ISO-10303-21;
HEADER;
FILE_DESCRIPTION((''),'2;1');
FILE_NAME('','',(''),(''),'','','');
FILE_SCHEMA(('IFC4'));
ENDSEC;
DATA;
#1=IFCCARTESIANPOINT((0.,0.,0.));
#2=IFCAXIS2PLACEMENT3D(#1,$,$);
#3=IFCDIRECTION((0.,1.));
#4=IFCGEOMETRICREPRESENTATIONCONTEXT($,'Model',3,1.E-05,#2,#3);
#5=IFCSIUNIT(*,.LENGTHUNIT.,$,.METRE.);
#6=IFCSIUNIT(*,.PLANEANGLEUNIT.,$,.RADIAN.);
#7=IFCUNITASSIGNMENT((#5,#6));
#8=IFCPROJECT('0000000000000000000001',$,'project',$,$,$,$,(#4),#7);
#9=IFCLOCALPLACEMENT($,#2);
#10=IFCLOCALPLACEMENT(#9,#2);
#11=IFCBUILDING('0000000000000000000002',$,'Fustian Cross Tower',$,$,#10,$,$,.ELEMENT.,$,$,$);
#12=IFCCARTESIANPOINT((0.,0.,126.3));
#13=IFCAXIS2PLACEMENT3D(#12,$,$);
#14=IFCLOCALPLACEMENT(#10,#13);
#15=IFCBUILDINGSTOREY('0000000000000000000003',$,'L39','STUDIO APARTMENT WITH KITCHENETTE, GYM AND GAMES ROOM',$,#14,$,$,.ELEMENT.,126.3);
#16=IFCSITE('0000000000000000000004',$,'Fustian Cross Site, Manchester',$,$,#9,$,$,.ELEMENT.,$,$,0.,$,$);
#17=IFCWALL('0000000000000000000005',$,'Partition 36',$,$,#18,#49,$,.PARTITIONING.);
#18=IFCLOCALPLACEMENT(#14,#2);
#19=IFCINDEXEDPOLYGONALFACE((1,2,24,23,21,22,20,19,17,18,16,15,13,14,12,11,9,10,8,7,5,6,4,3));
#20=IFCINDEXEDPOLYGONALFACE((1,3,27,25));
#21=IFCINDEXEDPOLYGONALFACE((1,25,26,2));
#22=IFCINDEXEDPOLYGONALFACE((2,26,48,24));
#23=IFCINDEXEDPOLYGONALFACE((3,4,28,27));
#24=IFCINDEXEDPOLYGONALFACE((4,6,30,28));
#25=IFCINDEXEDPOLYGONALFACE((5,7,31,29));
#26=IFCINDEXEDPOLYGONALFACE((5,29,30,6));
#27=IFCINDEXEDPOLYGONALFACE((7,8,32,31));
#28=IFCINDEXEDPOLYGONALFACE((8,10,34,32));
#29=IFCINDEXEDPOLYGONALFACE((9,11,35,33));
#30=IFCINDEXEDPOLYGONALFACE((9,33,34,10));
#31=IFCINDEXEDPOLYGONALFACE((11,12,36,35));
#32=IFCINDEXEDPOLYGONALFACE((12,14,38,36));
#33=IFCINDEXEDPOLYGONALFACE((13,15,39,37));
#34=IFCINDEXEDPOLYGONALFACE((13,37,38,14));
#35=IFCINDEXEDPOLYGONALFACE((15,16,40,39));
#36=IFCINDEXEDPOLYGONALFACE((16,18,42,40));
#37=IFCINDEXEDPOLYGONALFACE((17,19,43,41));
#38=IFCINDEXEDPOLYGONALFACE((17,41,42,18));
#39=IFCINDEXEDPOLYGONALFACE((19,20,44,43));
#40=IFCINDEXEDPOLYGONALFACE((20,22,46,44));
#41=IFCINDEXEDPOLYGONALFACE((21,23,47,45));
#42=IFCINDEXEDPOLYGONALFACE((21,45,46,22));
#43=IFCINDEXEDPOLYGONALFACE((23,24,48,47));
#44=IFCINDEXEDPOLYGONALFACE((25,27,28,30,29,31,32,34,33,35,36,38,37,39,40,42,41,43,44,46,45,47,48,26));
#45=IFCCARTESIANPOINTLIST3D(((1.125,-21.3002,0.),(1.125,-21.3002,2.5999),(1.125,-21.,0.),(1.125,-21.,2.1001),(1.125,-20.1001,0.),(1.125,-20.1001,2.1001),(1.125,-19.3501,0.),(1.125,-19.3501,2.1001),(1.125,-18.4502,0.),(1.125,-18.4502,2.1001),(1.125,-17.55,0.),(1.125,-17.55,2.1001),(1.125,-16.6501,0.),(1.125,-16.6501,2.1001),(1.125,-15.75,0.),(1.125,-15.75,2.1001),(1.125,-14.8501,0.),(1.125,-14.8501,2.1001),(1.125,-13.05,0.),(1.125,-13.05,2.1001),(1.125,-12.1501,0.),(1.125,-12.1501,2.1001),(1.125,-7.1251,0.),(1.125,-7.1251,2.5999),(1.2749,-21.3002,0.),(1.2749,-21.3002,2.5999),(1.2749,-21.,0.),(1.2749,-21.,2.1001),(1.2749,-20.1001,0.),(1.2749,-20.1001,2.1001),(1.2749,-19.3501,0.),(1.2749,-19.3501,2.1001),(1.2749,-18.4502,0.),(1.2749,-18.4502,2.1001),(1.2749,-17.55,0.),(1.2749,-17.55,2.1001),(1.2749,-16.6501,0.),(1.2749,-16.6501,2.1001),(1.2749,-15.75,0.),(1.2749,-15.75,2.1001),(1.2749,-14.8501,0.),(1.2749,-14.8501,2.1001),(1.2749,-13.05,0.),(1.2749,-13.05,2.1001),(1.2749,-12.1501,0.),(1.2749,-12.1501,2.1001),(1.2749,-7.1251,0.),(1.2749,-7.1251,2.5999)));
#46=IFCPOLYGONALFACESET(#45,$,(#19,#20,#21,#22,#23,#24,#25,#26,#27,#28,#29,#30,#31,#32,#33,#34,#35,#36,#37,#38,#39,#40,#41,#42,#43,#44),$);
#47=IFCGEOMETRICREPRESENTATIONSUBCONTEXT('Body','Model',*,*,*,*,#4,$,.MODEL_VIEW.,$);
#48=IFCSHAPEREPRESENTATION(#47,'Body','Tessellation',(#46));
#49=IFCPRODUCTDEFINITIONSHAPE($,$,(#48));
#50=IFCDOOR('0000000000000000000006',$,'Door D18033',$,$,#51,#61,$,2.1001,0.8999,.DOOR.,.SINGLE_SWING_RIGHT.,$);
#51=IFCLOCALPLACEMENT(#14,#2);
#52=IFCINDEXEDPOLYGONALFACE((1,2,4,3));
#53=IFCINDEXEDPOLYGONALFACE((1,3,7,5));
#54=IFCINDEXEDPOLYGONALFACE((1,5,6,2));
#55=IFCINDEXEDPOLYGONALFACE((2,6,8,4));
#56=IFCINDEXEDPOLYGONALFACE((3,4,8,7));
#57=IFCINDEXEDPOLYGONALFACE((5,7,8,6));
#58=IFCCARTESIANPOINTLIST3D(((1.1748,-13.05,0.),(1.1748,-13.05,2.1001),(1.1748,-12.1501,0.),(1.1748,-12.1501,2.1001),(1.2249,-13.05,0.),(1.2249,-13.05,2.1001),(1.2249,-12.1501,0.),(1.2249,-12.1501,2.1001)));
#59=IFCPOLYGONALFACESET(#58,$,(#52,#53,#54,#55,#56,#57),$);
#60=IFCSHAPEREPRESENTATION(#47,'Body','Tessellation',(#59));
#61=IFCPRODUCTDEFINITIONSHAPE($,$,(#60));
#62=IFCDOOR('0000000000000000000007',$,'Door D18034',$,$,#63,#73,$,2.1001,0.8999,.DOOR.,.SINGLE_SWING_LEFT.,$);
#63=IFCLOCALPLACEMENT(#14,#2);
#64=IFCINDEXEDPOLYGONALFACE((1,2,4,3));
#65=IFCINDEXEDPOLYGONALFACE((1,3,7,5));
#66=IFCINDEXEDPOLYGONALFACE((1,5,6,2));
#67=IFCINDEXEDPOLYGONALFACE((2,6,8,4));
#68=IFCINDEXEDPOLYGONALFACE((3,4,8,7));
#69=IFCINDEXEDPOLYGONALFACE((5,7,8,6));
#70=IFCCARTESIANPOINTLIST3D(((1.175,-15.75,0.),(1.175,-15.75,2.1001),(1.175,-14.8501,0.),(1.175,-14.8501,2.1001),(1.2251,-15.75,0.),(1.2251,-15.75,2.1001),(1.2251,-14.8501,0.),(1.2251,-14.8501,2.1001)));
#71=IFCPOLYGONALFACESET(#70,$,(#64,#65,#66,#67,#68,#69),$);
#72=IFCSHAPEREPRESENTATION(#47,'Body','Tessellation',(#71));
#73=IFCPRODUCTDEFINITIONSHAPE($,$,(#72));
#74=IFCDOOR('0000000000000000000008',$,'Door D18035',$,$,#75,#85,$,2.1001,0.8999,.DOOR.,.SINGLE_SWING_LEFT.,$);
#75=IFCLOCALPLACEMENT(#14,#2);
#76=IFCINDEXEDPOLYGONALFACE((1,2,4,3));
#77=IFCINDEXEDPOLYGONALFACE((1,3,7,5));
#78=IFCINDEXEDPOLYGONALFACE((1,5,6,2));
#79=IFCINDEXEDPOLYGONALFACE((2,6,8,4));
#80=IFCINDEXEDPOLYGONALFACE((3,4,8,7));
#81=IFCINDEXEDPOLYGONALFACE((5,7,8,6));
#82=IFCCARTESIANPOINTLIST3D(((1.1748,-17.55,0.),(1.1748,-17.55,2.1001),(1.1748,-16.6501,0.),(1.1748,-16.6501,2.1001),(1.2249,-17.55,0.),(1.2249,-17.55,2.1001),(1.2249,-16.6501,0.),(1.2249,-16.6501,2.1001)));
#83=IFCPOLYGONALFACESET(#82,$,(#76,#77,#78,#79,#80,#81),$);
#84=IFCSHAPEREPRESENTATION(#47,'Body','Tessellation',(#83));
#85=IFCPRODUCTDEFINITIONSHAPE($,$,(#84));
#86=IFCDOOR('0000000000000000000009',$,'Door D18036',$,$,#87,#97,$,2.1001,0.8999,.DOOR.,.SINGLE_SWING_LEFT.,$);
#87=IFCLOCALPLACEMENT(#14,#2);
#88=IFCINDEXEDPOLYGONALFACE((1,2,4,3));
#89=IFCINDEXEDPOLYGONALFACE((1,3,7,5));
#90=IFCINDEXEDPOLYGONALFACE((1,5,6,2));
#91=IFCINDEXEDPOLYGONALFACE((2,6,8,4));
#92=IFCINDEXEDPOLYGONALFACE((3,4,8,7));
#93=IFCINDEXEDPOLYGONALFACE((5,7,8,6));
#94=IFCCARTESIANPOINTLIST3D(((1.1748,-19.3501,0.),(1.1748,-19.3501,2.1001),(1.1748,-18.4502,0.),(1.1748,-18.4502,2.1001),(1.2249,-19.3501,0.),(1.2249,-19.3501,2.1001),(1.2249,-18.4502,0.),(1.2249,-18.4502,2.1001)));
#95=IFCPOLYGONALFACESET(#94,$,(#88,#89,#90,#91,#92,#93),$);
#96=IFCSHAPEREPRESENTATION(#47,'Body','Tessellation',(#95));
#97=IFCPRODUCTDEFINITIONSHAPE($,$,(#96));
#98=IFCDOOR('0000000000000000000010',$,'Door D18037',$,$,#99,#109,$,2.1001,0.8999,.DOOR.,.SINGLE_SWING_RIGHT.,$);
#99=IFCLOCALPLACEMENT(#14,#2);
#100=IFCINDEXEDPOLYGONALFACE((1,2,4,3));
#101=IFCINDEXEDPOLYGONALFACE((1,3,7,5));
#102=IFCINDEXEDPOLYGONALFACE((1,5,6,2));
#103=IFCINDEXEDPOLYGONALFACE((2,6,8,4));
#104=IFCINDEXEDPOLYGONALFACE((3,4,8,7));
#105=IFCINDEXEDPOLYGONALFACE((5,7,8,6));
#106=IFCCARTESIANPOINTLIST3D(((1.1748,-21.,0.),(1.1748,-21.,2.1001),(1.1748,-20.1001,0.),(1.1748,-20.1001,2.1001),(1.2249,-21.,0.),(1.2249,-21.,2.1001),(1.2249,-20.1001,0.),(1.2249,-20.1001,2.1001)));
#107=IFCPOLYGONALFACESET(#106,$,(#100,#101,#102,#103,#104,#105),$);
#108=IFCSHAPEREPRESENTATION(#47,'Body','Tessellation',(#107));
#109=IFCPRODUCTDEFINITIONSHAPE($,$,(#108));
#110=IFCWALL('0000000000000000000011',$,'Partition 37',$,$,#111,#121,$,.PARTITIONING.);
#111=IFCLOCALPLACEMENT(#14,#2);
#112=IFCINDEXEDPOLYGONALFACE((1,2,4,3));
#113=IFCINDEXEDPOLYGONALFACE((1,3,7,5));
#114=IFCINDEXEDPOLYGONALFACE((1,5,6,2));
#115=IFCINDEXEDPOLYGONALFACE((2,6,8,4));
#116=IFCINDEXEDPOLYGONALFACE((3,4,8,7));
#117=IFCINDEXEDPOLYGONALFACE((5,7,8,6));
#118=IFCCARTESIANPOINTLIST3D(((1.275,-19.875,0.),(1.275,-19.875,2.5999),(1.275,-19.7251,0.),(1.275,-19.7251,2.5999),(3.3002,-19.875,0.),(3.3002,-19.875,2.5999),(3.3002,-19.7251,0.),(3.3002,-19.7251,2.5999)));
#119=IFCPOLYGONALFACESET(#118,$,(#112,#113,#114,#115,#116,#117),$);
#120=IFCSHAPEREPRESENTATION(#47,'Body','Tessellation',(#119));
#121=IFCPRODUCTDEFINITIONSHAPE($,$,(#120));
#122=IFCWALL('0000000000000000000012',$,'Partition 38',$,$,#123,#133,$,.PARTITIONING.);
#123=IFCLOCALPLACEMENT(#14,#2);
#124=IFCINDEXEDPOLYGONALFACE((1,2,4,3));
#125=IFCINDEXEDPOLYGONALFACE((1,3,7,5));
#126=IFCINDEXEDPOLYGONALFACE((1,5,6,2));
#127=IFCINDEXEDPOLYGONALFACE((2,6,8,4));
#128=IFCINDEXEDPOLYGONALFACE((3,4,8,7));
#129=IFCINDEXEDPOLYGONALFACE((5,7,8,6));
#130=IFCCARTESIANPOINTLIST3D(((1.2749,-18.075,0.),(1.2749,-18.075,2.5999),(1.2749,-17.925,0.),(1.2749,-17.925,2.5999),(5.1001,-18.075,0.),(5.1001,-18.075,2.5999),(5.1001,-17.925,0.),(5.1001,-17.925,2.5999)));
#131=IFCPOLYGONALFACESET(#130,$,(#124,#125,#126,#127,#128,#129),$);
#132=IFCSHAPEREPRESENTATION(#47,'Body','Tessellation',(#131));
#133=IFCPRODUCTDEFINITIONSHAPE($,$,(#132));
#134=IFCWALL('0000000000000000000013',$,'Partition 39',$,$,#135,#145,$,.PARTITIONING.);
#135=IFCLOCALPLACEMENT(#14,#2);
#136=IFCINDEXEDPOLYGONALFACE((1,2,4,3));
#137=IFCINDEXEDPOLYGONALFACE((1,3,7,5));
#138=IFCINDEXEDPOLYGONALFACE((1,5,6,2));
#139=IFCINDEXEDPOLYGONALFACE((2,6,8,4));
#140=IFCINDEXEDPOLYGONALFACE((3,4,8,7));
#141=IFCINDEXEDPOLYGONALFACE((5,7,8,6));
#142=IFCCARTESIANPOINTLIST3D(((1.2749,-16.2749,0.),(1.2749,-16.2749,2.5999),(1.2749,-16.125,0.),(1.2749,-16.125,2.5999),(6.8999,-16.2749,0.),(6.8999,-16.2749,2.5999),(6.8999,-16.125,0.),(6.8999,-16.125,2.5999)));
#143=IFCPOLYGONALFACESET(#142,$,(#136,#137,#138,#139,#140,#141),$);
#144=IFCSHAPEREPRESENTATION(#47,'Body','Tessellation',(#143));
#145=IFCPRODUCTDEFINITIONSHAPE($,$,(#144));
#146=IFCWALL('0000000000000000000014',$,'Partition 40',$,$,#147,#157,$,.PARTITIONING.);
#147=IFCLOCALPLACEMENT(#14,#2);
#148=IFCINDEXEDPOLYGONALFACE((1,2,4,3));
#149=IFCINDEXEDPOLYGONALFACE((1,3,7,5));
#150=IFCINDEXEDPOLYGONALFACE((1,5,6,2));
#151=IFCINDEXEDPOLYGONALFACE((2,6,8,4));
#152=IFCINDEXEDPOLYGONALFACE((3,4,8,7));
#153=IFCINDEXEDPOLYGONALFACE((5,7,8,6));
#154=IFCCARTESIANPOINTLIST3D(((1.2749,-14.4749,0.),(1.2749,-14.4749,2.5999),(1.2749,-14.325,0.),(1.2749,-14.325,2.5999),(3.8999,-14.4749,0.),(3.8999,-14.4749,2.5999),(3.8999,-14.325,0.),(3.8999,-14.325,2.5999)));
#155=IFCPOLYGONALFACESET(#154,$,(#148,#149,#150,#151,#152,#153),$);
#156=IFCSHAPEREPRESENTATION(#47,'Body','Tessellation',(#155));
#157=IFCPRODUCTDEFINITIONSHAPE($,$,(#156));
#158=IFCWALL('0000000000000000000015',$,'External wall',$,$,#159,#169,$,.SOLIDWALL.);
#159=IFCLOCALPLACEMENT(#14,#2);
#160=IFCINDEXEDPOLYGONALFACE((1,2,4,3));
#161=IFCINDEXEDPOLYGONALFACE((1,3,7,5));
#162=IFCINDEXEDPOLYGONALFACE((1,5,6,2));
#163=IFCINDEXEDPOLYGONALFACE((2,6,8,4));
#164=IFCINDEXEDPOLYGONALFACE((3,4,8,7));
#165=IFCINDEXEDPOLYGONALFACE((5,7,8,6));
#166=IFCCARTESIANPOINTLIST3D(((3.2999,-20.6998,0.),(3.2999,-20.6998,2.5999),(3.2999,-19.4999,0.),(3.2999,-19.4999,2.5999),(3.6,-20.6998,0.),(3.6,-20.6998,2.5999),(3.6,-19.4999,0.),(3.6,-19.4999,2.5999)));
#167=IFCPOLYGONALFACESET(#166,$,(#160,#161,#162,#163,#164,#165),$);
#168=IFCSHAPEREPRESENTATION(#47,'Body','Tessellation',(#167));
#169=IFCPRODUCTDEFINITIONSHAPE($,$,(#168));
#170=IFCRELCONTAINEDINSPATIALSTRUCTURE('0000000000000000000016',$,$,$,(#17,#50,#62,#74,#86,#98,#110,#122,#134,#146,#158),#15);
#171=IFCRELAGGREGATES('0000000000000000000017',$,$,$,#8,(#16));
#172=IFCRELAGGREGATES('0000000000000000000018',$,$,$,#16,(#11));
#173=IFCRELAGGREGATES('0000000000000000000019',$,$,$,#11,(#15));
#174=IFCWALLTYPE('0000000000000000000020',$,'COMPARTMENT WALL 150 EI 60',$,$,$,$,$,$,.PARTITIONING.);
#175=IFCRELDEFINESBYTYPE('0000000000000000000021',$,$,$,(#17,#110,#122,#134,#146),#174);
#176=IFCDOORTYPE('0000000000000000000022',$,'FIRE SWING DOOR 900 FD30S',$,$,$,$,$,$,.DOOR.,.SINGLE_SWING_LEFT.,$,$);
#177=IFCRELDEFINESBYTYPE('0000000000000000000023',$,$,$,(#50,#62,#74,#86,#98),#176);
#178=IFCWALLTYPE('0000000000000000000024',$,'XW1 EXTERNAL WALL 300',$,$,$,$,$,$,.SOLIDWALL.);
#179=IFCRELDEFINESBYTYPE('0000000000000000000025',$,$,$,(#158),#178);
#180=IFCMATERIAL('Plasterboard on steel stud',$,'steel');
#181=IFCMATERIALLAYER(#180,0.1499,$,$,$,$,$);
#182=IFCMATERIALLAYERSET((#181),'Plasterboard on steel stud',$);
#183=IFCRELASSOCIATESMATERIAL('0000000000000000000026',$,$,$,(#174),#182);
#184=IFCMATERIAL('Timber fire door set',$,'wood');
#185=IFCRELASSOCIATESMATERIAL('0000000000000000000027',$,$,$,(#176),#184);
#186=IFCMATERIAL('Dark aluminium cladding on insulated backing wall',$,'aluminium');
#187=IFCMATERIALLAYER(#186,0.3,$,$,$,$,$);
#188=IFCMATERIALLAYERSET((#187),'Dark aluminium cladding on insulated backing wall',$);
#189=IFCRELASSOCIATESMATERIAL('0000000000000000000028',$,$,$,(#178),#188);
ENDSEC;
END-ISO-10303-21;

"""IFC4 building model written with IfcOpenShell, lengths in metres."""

from ifc_helpers import new_model, si_unit, direction, frame, frame_2d, origin, place, context, subcontext, project, spatial, rectangle, extrude, material, layer, layer_set, type_object, element, fill, save


model = new_model("IFC4")

# Units and contexts
model_context = context("Model", 3, precision=1e-05, world=origin(), true_north=direction((0.0, 1.0)))
body_context = subcontext(model_context, "Body", "Model", "MODEL_VIEW")
ifc_project = project(units=[si_unit("LENGTHUNIT", "METRE"), si_unit("PLANEANGLEUNIT", "RADIAN")], contexts=[model_context])

# Site, building, storey
site_placement = place(None, origin())
site = spatial("IfcSite", under=ifc_project, at=site_placement, Name="Fustian Cross Site, Manchester", CompositionType="ELEMENT", RefElevation=0.0)
building_placement = place(site_placement, origin())
building = spatial("IfcBuilding", under=site, at=building_placement, Name="Fustian Cross Tower", CompositionType="ELEMENT")
storey_placement = place(building_placement, frame((0.0, 0.0, 126.3)))
storey = spatial("IfcBuildingStorey", under=building, at=storey_placement, Name="L39", Description="STUDIO APARTMENT WITH KITCHENETTE, GYM AND GAMES ROOM", CompositionType="ELEMENT", Elevation=126.3)

# Wall, openings, doors
ifc_material_1 = material(Name="Plasterboard on steel stud", Category="steel")
ifc_layer_1 = layer(ifc_material_1, 0.1499)
ifc_layer_set_1 = layer_set([ifc_layer_1], Name="Plasterboard on steel stud")
wall_type_1 = type_object("IfcWallType", Name="COMPARTMENT WALL 150 EI 60", PredefinedType="PARTITIONING", material=ifc_layer_set_1)
wall_1_placement = place(storey_placement, frame((1.2, -21.3, 0.0), z_axis=(0.0, 0.0, 1.0), x_axis=(0.0, 1.0, 0.0)))
wall_1 = element("IfcWall", 1, at=wall_1_placement, inside=storey, type_object=wall_type_1, Name="Partition 36", PredefinedType="PARTITIONING", context=body_context, shape_type="SweptSolid", body=[
    extrude(rectangle(XDim=14.175, YDim=0.1499, at=frame_2d((7.0874, 0.0))), origin(), (0.0, 0.0, 1.0), 2.5999),
])
opening_1_placement = place(wall_1_placement, frame((8.25, 0.0, 0.0)))
opening_1 = element("IfcOpeningElement", 2, at=opening_1_placement, cuts=wall_1, PredefinedType="OPENING", context=body_context, shape_type="SweptSolid", body=[
    extrude(rectangle(XDim=0.8999, YDim=2.1001, at=frame_2d((0.45, 1.05))), frame((0.0, 0.085, 0.0), z_axis=(0.0, -1.0, 0.0), x_axis=(1.0, 0.0, 0.0)), (0.0, 0.0, 1.0), 0.1699),
])
opening_2_placement = place(wall_1_placement, frame((5.55, 0.0, 0.0)))
opening_2 = element("IfcOpeningElement", 3, at=opening_2_placement, cuts=wall_1, PredefinedType="OPENING", context=body_context, shape_type="SweptSolid", body=[
    extrude(rectangle(XDim=0.8999, YDim=2.1001, at=frame_2d((0.45, 1.05))), frame((0.0, 0.085, 0.0), z_axis=(0.0, -1.0, 0.0), x_axis=(1.0, 0.0, 0.0)), (0.0, 0.0, 1.0), 0.1699),
])
opening_3_placement = place(wall_1_placement, frame((3.75, 0.0, 0.0)))
opening_3 = element("IfcOpeningElement", 4, at=opening_3_placement, cuts=wall_1, PredefinedType="OPENING", context=body_context, shape_type="SweptSolid", body=[
    extrude(rectangle(XDim=0.8999, YDim=2.1001, at=frame_2d((0.45, 1.05))), frame((0.0, 0.085, 0.0), z_axis=(0.0, -1.0, 0.0), x_axis=(1.0, 0.0, 0.0)), (0.0, 0.0, 1.0), 0.1699),
])
opening_4_placement = place(wall_1_placement, frame((1.95, 0.0, 0.0)))
opening_4 = element("IfcOpeningElement", 5, at=opening_4_placement, cuts=wall_1, PredefinedType="OPENING", context=body_context, shape_type="SweptSolid", body=[
    extrude(rectangle(XDim=0.8999, YDim=2.1001, at=frame_2d((0.45, 1.05))), frame((0.0, 0.085, 0.0), z_axis=(0.0, -1.0, 0.0), x_axis=(1.0, 0.0, 0.0)), (0.0, 0.0, 1.0), 0.1699),
])
opening_5_placement = place(wall_1_placement, frame((0.3, 0.0, 0.0)))
opening_5 = element("IfcOpeningElement", 6, at=opening_5_placement, cuts=wall_1, PredefinedType="OPENING", context=body_context, shape_type="SweptSolid", body=[
    extrude(rectangle(XDim=0.8999, YDim=2.1001, at=frame_2d((0.45, 1.05))), frame((0.0, 0.085, 0.0), z_axis=(0.0, -1.0, 0.0), x_axis=(1.0, 0.0, 0.0)), (0.0, 0.0, 1.0), 0.1699),
])
ifc_material_2 = material(Name="Timber fire door set", Category="wood")
door_type = type_object("IfcDoorType", Name="FIRE SWING DOOR 900 FD30S", OperationType="SINGLE_SWING_LEFT", PredefinedType="DOOR", material=ifc_material_2)
door_1_placement = place(opening_1_placement, frame((0.8999, 0.0, 0.0), z_axis=(0.0, 0.0, 1.0), x_axis=(-1.0, 0.0, 0.0)))
door_1 = element("IfcDoor", 7, at=door_1_placement, inside=storey, type_object=door_type, Name="Door D18033", OperationType="SINGLE_SWING_RIGHT", OverallHeight=2.1001, OverallWidth=0.8999, PredefinedType="DOOR", context=body_context, shape_type="SweptSolid", body=[
    extrude(rectangle(XDim=0.8999, YDim=2.1001, at=frame_2d((0.45, 1.05))), frame((0.0, 0.0249, 0.0), z_axis=(0.0, -1.0, 0.0), x_axis=(1.0, 0.0, 0.0)), (0.0, 0.0, 1.0), 0.05),
])
fill(opening_1, door_1)
door_2_placement = place(opening_2_placement, origin())
door_2 = element("IfcDoor", 8, at=door_2_placement, inside=storey, type_object=door_type, Name="Door D18034", OperationType="SINGLE_SWING_LEFT", OverallHeight=2.1001, OverallWidth=0.8999, PredefinedType="DOOR", context=body_context, shape_type="SweptSolid", body=[
    extrude(rectangle(XDim=0.8999, YDim=2.1001, at=frame_2d((0.45, 1.05))), frame((0.0, 0.0249, 0.0), z_axis=(0.0, -1.0, 0.0), x_axis=(1.0, 0.0, 0.0)), (0.0, 0.0, 1.0), 0.05),
])
fill(opening_2, door_2)
door_3_placement = place(opening_3_placement, frame((0.8999, 0.0, 0.0), z_axis=(0.0, 0.0, 1.0), x_axis=(-1.0, 0.0, 0.0)))
door_3 = element("IfcDoor", 9, at=door_3_placement, inside=storey, type_object=door_type, Name="Door D18035", OperationType="SINGLE_SWING_LEFT", OverallHeight=2.1001, OverallWidth=0.8999, PredefinedType="DOOR", context=body_context, shape_type="SweptSolid", body=[
    extrude(rectangle(XDim=0.8999, YDim=2.1001, at=frame_2d((0.45, 1.05))), frame((0.0, 0.0249, 0.0), z_axis=(0.0, -1.0, 0.0), x_axis=(1.0, 0.0, 0.0)), (0.0, 0.0, 1.0), 0.05),
])
fill(opening_3, door_3)
door_4_placement = place(opening_4_placement, frame((0.8999, 0.0, 0.0), z_axis=(0.0, 0.0, 1.0), x_axis=(-1.0, 0.0, 0.0)))
door_4 = element("IfcDoor", 10, at=door_4_placement, inside=storey, type_object=door_type, Name="Door D18036", OperationType="SINGLE_SWING_LEFT", OverallHeight=2.1001, OverallWidth=0.8999, PredefinedType="DOOR", context=body_context, shape_type="SweptSolid", body=[
    extrude(rectangle(XDim=0.8999, YDim=2.1001, at=frame_2d((0.45, 1.05))), frame((0.0, 0.0249, 0.0), z_axis=(0.0, -1.0, 0.0), x_axis=(1.0, 0.0, 0.0)), (0.0, 0.0, 1.0), 0.05),
])
fill(opening_4, door_4)
door_5_placement = place(opening_5_placement, frame((0.8999, 0.0, 0.0), z_axis=(0.0, 0.0, 1.0), x_axis=(-1.0, 0.0, 0.0)))
door_5 = element("IfcDoor", 11, at=door_5_placement, inside=storey, type_object=door_type, Name="Door D18037", OperationType="SINGLE_SWING_RIGHT", OverallHeight=2.1001, OverallWidth=0.8999, PredefinedType="DOOR", context=body_context, shape_type="SweptSolid", body=[
    extrude(rectangle(XDim=0.8999, YDim=2.1001, at=frame_2d((0.45, 1.05))), frame((0.0, 0.0249, 0.0), z_axis=(0.0, -1.0, 0.0), x_axis=(1.0, 0.0, 0.0)), (0.0, 0.0, 1.0), 0.05),
])
fill(opening_5, door_5)

# Walls
wall_2_placement = place(storey_placement, frame((1.2749, -19.8, 0.0), z_axis=(0.0, 0.0, 1.0), x_axis=(1.0, 0.0, 0.0)))
element("IfcWall", 12, at=wall_2_placement, inside=storey, type_object=wall_type_1, Name="Partition 37", PredefinedType="PARTITIONING", context=body_context, shape_type="SweptSolid", body=[
    extrude(rectangle(XDim=2.0251, YDim=0.1499, at=frame_2d((1.0127, 0.0))), origin(), (0.0, 0.0, 1.0), 2.5999),
])
wall_3_placement = place(storey_placement, frame((1.2749, -18.0, 0.0), z_axis=(0.0, 0.0, 1.0), x_axis=(1.0, 0.0, 0.0)))
element("IfcWall", 13, at=wall_3_placement, inside=storey, type_object=wall_type_1, Name="Partition 38", PredefinedType="PARTITIONING", context=body_context, shape_type="SweptSolid", body=[
    extrude(rectangle(XDim=3.8252, YDim=0.1499, at=frame_2d((1.9126, 0.0))), origin(), (0.0, 0.0, 1.0), 2.5999),
])
wall_4_placement = place(storey_placement, frame((1.2749, -16.2, 0.0), z_axis=(0.0, 0.0, 1.0), x_axis=(1.0, 0.0, 0.0)))
element("IfcWall", 14, at=wall_4_placement, inside=storey, type_object=wall_type_1, Name="Partition 39", PredefinedType="PARTITIONING", context=body_context, shape_type="SweptSolid", body=[
    extrude(rectangle(XDim=5.625, YDim=0.1499, at=frame_2d((2.8125, 0.0))), origin(), (0.0, 0.0, 1.0), 2.5999),
])
wall_5_placement = place(storey_placement, frame((1.2749, -14.3999, 0.0), z_axis=(0.0, 0.0, 1.0), x_axis=(1.0, 0.0, 0.0)))
element("IfcWall", 15, at=wall_5_placement, inside=storey, type_object=wall_type_1, Name="Partition 40", PredefinedType="PARTITIONING", context=body_context, shape_type="SweptSolid", body=[
    extrude(rectangle(XDim=2.625, YDim=0.1499, at=frame_2d((1.3125, 0.0))), origin(), (0.0, 0.0, 1.0), 2.5999),
])
ifc_material_3 = material(Name="Dark aluminium cladding on insulated backing wall", Category="aluminium")
ifc_layer_2 = layer(ifc_material_3, 0.3)
ifc_layer_set_2 = layer_set([ifc_layer_2], Name="Dark aluminium cladding on insulated backing wall")
wall_type_2 = type_object("IfcWallType", Name="XW1 EXTERNAL WALL 300", PredefinedType="SOLIDWALL", material=ifc_layer_set_2)
wall_6_placement = place(storey_placement, frame((3.45, -20.7, 0.0), z_axis=(0.0, 0.0, 1.0), x_axis=(0.0, 1.0, 0.0)))
element("IfcWall", 16, at=wall_6_placement, inside=storey, type_object=wall_type_2, Name="External wall", PredefinedType="SOLIDWALL", context=body_context, shape_type="SweptSolid", body=[
    extrude(rectangle(XDim=1.2, YDim=0.3, at=frame_2d((0.6001, 0.0))), origin(), (0.0, 0.0, 1.0), 2.5999),
])

save(model, "model.ifc")
